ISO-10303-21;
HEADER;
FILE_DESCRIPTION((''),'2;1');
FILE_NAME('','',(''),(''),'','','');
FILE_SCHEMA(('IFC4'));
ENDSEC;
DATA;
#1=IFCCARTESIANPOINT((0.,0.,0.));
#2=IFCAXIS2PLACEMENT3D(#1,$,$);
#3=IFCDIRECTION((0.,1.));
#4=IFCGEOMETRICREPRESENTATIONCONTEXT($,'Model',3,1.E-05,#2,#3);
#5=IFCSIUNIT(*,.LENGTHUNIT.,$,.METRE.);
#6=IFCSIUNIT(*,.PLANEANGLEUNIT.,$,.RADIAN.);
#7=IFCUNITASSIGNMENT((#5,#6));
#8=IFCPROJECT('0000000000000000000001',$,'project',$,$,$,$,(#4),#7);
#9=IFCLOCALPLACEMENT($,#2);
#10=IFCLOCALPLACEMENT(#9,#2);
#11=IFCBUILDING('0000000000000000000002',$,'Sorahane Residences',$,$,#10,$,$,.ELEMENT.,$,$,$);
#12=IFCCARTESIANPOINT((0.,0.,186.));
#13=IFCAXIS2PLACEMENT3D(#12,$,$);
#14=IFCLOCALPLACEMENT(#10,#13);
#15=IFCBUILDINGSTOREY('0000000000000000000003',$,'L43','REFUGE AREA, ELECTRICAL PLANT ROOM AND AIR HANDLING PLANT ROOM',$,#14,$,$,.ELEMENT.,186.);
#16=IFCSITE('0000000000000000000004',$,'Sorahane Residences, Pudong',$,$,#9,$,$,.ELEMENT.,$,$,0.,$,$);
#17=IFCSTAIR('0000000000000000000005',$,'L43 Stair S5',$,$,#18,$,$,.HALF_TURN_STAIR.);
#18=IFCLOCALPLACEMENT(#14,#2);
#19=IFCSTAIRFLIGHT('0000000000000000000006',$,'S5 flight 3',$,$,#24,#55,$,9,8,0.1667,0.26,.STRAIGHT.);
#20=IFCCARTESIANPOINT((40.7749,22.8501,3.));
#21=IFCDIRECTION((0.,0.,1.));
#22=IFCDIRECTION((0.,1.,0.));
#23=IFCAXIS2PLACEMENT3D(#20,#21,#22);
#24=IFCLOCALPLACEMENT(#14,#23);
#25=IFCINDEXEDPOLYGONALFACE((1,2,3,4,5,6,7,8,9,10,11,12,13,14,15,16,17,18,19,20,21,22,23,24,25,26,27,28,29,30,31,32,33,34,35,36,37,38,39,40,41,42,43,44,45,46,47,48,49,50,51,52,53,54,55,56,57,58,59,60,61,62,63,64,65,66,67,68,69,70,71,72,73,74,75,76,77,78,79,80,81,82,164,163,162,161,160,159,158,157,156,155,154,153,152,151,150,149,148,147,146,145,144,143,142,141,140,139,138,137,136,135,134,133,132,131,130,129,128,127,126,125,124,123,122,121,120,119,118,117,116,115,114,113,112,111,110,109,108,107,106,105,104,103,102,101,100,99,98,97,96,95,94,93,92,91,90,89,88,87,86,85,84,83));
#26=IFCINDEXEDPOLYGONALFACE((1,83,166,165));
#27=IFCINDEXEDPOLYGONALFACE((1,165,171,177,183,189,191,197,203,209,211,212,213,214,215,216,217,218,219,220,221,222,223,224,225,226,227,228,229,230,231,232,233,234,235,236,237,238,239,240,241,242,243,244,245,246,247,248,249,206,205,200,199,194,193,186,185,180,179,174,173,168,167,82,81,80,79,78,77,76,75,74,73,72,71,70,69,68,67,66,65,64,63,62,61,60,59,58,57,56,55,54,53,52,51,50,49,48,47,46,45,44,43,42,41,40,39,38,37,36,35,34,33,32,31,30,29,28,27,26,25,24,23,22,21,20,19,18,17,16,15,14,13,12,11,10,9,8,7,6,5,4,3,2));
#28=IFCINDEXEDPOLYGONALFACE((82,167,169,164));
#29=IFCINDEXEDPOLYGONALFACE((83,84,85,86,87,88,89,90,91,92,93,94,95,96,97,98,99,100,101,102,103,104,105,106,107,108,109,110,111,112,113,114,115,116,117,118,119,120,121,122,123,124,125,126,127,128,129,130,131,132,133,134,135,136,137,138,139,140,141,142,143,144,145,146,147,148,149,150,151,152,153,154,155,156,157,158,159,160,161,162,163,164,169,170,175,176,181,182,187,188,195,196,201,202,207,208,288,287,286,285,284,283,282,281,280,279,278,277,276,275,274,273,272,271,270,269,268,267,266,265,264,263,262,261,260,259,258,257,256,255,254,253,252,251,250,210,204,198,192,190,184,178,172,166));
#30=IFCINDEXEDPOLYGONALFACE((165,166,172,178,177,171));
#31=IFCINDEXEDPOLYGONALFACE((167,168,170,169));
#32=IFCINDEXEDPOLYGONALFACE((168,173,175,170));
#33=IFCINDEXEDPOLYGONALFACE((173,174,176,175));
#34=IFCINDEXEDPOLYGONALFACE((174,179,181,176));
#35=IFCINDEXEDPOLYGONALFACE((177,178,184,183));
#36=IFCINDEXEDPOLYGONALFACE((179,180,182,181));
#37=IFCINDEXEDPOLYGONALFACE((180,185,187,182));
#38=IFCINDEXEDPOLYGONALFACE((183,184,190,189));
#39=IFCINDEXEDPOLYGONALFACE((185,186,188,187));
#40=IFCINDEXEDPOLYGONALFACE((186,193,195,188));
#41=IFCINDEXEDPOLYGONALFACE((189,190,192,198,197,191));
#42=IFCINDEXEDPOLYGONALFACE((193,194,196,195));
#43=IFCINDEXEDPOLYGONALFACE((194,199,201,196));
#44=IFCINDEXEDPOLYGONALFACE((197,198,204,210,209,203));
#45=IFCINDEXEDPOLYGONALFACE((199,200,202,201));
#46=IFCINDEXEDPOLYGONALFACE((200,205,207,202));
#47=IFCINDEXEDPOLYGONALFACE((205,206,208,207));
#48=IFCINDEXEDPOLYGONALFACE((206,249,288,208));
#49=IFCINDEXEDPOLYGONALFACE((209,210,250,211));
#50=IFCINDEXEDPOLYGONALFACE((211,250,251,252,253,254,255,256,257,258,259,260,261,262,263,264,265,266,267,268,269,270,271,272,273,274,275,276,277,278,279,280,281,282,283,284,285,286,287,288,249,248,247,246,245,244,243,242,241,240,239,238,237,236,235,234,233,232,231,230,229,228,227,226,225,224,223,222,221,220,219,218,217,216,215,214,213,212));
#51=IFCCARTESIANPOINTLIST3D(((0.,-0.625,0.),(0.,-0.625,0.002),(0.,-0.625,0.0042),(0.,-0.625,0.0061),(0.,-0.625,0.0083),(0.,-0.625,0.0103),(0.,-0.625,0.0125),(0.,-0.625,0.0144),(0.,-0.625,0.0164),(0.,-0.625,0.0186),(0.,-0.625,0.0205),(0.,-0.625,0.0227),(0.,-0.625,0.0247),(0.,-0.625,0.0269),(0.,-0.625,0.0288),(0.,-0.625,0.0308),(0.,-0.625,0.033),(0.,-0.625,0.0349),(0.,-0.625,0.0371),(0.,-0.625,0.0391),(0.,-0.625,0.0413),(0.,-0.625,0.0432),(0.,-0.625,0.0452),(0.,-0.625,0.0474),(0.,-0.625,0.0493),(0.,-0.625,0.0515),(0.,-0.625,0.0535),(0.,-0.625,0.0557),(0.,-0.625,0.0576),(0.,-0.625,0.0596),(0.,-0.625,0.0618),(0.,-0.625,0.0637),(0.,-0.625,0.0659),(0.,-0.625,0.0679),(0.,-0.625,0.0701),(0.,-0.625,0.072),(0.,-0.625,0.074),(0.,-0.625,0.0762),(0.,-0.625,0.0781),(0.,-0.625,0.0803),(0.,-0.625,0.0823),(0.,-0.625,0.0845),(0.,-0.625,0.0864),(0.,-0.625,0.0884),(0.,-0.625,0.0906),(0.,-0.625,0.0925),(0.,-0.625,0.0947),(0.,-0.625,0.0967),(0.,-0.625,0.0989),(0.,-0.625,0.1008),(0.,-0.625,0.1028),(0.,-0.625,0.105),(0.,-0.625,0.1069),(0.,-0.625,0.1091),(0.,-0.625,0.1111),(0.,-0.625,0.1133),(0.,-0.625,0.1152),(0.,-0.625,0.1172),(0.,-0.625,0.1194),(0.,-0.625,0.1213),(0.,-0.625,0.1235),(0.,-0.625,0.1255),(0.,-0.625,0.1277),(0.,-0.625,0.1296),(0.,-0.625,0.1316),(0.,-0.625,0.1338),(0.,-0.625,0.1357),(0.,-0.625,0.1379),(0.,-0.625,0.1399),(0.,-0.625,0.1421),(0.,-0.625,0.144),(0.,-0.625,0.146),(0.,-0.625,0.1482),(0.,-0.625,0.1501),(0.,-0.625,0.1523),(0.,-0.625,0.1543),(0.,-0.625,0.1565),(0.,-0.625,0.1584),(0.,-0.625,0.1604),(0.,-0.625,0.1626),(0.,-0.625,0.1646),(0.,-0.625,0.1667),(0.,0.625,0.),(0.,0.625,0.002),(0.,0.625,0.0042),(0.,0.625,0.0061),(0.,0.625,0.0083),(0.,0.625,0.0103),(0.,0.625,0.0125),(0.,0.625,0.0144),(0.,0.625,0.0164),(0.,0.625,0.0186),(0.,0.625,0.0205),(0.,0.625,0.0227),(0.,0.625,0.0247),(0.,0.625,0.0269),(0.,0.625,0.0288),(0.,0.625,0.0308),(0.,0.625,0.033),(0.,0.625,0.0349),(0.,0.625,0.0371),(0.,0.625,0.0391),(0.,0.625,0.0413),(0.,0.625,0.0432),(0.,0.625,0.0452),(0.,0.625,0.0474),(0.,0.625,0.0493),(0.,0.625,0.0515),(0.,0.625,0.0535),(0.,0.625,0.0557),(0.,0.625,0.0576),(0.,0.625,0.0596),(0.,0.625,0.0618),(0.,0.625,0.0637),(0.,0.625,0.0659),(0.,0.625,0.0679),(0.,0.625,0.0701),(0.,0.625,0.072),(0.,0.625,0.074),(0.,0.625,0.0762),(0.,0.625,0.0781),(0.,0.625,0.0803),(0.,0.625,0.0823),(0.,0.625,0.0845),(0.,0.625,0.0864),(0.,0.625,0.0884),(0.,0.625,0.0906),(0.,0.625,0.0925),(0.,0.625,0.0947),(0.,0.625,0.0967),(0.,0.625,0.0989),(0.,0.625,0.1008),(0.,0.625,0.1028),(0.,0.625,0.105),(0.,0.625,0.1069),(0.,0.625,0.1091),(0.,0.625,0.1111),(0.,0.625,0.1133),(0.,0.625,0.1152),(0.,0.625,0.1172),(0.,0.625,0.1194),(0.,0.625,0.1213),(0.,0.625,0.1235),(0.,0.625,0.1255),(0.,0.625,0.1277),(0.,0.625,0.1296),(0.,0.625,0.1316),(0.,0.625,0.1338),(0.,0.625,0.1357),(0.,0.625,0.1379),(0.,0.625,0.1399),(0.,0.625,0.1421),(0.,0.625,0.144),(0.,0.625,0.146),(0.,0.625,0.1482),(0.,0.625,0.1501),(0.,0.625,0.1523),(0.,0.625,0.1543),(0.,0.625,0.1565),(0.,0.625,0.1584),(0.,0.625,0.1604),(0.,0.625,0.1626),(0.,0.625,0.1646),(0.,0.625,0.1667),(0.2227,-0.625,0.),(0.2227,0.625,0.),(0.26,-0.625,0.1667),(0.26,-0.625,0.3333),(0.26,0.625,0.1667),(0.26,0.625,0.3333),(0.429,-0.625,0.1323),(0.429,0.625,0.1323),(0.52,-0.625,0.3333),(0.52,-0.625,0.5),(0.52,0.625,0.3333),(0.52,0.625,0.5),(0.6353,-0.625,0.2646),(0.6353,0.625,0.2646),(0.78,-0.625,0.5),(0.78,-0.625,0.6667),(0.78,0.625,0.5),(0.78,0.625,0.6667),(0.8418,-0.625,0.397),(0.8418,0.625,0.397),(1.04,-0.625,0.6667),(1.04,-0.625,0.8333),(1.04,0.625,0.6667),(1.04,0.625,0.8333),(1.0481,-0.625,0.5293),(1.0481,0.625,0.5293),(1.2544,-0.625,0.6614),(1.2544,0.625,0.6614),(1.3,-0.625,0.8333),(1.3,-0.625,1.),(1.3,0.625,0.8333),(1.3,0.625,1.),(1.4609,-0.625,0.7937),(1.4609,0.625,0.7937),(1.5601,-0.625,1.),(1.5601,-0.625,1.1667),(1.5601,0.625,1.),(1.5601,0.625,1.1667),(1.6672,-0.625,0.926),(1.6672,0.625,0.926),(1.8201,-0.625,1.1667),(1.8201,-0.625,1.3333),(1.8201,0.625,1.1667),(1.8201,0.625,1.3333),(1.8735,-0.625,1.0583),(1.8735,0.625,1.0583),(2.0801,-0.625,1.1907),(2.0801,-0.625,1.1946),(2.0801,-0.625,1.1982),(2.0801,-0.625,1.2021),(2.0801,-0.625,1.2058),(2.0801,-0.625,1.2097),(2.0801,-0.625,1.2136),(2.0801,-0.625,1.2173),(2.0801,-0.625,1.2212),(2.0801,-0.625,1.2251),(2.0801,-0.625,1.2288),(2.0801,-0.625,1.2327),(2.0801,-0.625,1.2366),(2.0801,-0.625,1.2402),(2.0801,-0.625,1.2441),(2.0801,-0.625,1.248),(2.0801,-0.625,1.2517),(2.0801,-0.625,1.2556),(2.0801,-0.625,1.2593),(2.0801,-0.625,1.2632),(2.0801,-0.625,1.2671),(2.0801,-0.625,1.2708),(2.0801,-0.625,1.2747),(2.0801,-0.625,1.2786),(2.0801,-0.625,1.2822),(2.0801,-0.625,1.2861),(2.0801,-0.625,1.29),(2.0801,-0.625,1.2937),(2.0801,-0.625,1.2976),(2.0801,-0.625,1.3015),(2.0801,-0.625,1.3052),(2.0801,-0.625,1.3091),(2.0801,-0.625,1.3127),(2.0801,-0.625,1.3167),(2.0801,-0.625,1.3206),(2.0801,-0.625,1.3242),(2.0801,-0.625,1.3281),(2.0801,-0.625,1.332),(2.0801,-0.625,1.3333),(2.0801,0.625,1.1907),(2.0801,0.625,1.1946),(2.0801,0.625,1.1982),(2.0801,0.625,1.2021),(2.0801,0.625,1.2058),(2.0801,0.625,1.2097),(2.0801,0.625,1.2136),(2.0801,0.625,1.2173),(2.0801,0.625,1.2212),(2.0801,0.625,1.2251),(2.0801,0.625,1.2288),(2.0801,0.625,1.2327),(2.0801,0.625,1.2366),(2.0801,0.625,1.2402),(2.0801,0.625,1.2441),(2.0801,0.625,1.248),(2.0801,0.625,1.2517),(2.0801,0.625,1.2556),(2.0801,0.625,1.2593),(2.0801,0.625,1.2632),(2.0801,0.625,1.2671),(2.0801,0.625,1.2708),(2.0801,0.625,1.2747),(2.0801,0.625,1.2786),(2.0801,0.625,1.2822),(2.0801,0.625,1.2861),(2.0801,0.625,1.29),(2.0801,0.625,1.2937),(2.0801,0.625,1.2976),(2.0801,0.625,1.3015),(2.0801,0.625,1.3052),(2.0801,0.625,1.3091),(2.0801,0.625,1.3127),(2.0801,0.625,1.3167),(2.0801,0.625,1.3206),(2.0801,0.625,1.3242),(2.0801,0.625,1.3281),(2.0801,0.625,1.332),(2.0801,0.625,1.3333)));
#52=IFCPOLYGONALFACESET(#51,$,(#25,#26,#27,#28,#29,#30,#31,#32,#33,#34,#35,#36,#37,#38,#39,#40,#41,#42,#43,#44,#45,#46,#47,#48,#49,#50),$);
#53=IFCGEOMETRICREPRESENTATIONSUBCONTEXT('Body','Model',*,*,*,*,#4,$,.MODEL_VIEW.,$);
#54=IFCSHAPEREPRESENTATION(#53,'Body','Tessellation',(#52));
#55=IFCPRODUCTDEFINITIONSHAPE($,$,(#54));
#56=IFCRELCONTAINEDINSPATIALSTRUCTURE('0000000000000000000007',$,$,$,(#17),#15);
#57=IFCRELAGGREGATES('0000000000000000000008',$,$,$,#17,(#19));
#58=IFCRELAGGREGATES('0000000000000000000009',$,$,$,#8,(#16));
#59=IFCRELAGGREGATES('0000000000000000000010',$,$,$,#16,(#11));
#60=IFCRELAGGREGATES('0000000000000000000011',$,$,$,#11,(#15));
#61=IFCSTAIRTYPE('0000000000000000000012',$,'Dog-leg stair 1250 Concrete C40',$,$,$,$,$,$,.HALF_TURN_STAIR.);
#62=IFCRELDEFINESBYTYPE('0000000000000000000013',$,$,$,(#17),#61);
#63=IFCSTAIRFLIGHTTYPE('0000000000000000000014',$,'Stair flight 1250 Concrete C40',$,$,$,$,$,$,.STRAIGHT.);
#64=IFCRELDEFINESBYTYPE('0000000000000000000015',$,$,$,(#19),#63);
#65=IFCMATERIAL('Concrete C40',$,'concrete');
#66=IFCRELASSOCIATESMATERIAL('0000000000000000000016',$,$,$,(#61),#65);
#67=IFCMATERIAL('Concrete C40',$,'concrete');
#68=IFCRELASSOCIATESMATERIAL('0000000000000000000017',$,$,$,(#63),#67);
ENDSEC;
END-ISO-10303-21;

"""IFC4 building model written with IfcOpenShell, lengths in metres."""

from ifc_helpers import new_model, si_unit, direction, frame, origin, place, context, subcontext, project, spatial, polyline, outline, extrude, material, type_object, element, aggregate, save


model = new_model("IFC4")

# Units and contexts
model_context = context("Model", 3, precision=1e-05, world=origin(), true_north=direction((0.0, 1.0)))
body_context = subcontext(model_context, "Body", "Model", "MODEL_VIEW")
ifc_project = project(units=[si_unit("LENGTHUNIT", "METRE"), si_unit("PLANEANGLEUNIT", "RADIAN")], contexts=[model_context])

# Site, building, storey
site_placement = place(None, origin())
site = spatial("IfcSite", under=ifc_project, at=site_placement, Name="Sorahane Residences, Pudong", CompositionType="ELEMENT", RefElevation=0.0)
building_placement = place(site_placement, origin())
building = spatial("IfcBuilding", under=site, at=building_placement, Name="Sorahane Residences", CompositionType="ELEMENT")
storey_placement = place(building_placement, frame((0.0, 0.0, 186.0)))
storey = spatial("IfcBuildingStorey", under=building, at=storey_placement, Name="L43", Description="REFUGE AREA, ELECTRICAL PLANT ROOM AND AIR HANDLING PLANT ROOM", CompositionType="ELEMENT", Elevation=186.0)

# Stair, stair flight
ifc_material_1 = material(Name="Concrete C40", Category="concrete")
stair_type = type_object("IfcStairType", Name="Dog-leg stair 1250 Concrete C40", PredefinedType="HALF_TURN_STAIR", material=ifc_material_1)
stair_placement = place(storey_placement, origin())
stair = element("IfcStair", 1, at=stair_placement, inside=storey, type_object=stair_type, Name="L43 Stair S5", PredefinedType="HALF_TURN_STAIR")
ifc_material_2 = material(Name="Concrete C40", Category="concrete")
stair_flight_type = type_object("IfcStairFlightType", Name="Stair flight 1250 Concrete C40", PredefinedType="STRAIGHT", material=ifc_material_2)
stair_flight_1_placement = place(storey_placement, frame((40.7749, 22.8501, 3.0), z_axis=(0.0, 0.0, 1.0), x_axis=(0.0, 1.0, 0.0)))
stair_flight_1 = element("IfcStairFlight", 2, at=stair_flight_1_placement, type_object=stair_flight_type, Name="S5 flight 3", NumberOfRisers=9, NumberOfTreads=8, PredefinedType="STRAIGHT", RiserHeight=0.1667, TreadLength=0.26, context=body_context, shape_type="SweptSolid", body=[
    extrude(outline(polyline([(0.0, 0.0), (0.0, 0.002), (0.0, 0.0042), (0.0, 0.0061), (0.0, 0.0083), (0.0, 0.0103), (0.0, 0.0125), (0.0, 0.0144), (0.0, 0.0164), (0.0, 0.0186), (0.0, 0.0205), (0.0, 0.0227), (0.0, 0.0247), (0.0, 0.0269), (0.0, 0.0288), (0.0, 0.0308), (0.0, 0.033), (0.0, 0.0349), (0.0, 0.0371), (0.0, 0.0391), (0.0, 0.0413), (0.0, 0.0432), (0.0, 0.0452), (0.0, 0.0474), (0.0, 0.0493), (0.0, 0.0515), (0.0, 0.0535), (0.0, 0.0557), (0.0, 0.0576), (0.0, 0.0596), (0.0, 0.0618), (0.0, 0.0637), (0.0, 0.0659), (0.0, 0.0679), (0.0, 0.0701), (0.0, 0.072), (0.0, 0.074), (0.0, 0.0762), (0.0, 0.0781), (0.0, 0.0803), (0.0, 0.0823), (0.0, 0.0845), (0.0, 0.0864), (0.0, 0.0884), (0.0, 0.0906), (0.0, 0.0925), (0.0, 0.0947), (0.0, 0.0967), (0.0, 0.0989), (0.0, 0.1008), (0.0, 0.1028), (0.0, 0.105), (0.0, 0.1069), (0.0, 0.1091), (0.0, 0.1111), (0.0, 0.1133), (0.0, 0.1152), (0.0, 0.1172), (0.0, 0.1194), (0.0, 0.1213), (0.0, 0.1235), (0.0, 0.1255), (0.0, 0.1277), (0.0, 0.1296), (0.0, 0.1316), (0.0, 0.1338), (0.0, 0.1357), (0.0, 0.1379), (0.0, 0.1399), (0.0, 0.1421), (0.0, 0.144), (0.0, 0.146), (0.0, 0.1482), (0.0, 0.1501), (0.0, 0.1523), (0.0, 0.1543), (0.0, 0.1565), (0.0, 0.1584), (0.0, 0.1604), (0.0, 0.1626), (0.0, 0.1646), (0.0, 0.1667), (0.26, 0.1667), (0.26, 0.3333), (0.52, 0.3333), (0.52, 0.5), (0.78, 0.5), (0.78, 0.6667), (1.04, 0.6667), (1.04, 0.8333), (1.3, 0.8333), (1.3, 1.0), (1.5601, 1.0), (1.5601, 1.1667), (1.8201, 1.1667), (1.8201, 1.3333), (2.0801, 1.3333), (2.0801, 1.5), (2.0801, 1.4961), (2.0801, 1.4924), (2.0801, 1.4885), (2.0801, 1.4846), (2.0801, 1.481), (2.0801, 1.4771), (2.0801, 1.4731), (2.0801, 1.4695), (2.0801, 1.4656), (2.0801, 1.4619), (2.0801, 1.458), (2.0801, 1.4541), (2.0801, 1.4504), (2.0801, 1.4465), (2.0801, 1.4426), (2.0801, 1.439), (2.0801, 1.4351), (2.0801, 1.4312), (2.0801, 1.4275), (2.0801, 1.4236), (2.0801, 1.4197), (2.0801, 1.416), (2.0801, 1.4121), (2.0801, 1.4084), (2.0801, 1.4045), (2.0801, 1.4006), (2.0801, 1.397), (2.0801, 1.3931), (2.0801, 1.3892), (2.0801, 1.3855), (2.0801, 1.3816), (2.0801, 1.3777), (2.0801, 1.374), (2.0801, 1.3701), (2.0801, 1.3662), (2.0801, 1.3625), (2.0801, 1.3586), (2.0801, 1.355), (2.0801, 1.3511), (2.0801, 1.3472), (2.0801, 1.3435), (2.0801, 1.3396), (2.0801, 1.3357), (2.0801, 1.332), (2.0801, 1.3281), (2.0801, 1.3242), (2.0801, 1.3206), (2.0801, 1.3167), (2.0801, 1.3127), (2.0801, 1.3091), (2.0801, 1.3052), (2.0801, 1.3015), (2.0801, 1.2976), (2.0801, 1.2937), (2.0801, 1.29), (2.0801, 1.2861), (2.0801, 1.2822), (2.0801, 1.2786), (2.0801, 1.2747), (2.0801, 1.2708), (2.0801, 1.2671), (2.0801, 1.2632), (2.0801, 1.2593), (2.0801, 1.2556), (2.0801, 1.2517), (2.0801, 1.248), (2.0801, 1.2441), (2.0801, 1.2402), (2.0801, 1.2366), (2.0801, 1.2327), (2.0801, 1.2288), (2.0801, 1.2251), (2.0801, 1.2212), (2.0801, 1.2173), (2.0801, 1.2136), (2.0801, 1.2097), (2.0801, 1.2058), (2.0801, 1.2021), (2.0801, 1.1982), (2.0801, 1.1946), (2.0801, 1.1907), (1.8735, 1.0583), (1.6672, 0.926), (1.4609, 0.7937), (1.2544, 0.6614), (1.0481, 0.5293), (0.8418, 0.397), (0.6353, 0.2646), (0.429, 0.1323), (0.2227, 0.0), (0.0, 0.0)])), frame((0.0, 0.625, 0.0), z_axis=(0.0, -1.0, 0.0), x_axis=(1.0, 0.0, 0.0)), (0.0, 0.0, 1.0), 1.25),
])
aggregate(stair, [stair_flight_1])

save(model, "model.ifc")
